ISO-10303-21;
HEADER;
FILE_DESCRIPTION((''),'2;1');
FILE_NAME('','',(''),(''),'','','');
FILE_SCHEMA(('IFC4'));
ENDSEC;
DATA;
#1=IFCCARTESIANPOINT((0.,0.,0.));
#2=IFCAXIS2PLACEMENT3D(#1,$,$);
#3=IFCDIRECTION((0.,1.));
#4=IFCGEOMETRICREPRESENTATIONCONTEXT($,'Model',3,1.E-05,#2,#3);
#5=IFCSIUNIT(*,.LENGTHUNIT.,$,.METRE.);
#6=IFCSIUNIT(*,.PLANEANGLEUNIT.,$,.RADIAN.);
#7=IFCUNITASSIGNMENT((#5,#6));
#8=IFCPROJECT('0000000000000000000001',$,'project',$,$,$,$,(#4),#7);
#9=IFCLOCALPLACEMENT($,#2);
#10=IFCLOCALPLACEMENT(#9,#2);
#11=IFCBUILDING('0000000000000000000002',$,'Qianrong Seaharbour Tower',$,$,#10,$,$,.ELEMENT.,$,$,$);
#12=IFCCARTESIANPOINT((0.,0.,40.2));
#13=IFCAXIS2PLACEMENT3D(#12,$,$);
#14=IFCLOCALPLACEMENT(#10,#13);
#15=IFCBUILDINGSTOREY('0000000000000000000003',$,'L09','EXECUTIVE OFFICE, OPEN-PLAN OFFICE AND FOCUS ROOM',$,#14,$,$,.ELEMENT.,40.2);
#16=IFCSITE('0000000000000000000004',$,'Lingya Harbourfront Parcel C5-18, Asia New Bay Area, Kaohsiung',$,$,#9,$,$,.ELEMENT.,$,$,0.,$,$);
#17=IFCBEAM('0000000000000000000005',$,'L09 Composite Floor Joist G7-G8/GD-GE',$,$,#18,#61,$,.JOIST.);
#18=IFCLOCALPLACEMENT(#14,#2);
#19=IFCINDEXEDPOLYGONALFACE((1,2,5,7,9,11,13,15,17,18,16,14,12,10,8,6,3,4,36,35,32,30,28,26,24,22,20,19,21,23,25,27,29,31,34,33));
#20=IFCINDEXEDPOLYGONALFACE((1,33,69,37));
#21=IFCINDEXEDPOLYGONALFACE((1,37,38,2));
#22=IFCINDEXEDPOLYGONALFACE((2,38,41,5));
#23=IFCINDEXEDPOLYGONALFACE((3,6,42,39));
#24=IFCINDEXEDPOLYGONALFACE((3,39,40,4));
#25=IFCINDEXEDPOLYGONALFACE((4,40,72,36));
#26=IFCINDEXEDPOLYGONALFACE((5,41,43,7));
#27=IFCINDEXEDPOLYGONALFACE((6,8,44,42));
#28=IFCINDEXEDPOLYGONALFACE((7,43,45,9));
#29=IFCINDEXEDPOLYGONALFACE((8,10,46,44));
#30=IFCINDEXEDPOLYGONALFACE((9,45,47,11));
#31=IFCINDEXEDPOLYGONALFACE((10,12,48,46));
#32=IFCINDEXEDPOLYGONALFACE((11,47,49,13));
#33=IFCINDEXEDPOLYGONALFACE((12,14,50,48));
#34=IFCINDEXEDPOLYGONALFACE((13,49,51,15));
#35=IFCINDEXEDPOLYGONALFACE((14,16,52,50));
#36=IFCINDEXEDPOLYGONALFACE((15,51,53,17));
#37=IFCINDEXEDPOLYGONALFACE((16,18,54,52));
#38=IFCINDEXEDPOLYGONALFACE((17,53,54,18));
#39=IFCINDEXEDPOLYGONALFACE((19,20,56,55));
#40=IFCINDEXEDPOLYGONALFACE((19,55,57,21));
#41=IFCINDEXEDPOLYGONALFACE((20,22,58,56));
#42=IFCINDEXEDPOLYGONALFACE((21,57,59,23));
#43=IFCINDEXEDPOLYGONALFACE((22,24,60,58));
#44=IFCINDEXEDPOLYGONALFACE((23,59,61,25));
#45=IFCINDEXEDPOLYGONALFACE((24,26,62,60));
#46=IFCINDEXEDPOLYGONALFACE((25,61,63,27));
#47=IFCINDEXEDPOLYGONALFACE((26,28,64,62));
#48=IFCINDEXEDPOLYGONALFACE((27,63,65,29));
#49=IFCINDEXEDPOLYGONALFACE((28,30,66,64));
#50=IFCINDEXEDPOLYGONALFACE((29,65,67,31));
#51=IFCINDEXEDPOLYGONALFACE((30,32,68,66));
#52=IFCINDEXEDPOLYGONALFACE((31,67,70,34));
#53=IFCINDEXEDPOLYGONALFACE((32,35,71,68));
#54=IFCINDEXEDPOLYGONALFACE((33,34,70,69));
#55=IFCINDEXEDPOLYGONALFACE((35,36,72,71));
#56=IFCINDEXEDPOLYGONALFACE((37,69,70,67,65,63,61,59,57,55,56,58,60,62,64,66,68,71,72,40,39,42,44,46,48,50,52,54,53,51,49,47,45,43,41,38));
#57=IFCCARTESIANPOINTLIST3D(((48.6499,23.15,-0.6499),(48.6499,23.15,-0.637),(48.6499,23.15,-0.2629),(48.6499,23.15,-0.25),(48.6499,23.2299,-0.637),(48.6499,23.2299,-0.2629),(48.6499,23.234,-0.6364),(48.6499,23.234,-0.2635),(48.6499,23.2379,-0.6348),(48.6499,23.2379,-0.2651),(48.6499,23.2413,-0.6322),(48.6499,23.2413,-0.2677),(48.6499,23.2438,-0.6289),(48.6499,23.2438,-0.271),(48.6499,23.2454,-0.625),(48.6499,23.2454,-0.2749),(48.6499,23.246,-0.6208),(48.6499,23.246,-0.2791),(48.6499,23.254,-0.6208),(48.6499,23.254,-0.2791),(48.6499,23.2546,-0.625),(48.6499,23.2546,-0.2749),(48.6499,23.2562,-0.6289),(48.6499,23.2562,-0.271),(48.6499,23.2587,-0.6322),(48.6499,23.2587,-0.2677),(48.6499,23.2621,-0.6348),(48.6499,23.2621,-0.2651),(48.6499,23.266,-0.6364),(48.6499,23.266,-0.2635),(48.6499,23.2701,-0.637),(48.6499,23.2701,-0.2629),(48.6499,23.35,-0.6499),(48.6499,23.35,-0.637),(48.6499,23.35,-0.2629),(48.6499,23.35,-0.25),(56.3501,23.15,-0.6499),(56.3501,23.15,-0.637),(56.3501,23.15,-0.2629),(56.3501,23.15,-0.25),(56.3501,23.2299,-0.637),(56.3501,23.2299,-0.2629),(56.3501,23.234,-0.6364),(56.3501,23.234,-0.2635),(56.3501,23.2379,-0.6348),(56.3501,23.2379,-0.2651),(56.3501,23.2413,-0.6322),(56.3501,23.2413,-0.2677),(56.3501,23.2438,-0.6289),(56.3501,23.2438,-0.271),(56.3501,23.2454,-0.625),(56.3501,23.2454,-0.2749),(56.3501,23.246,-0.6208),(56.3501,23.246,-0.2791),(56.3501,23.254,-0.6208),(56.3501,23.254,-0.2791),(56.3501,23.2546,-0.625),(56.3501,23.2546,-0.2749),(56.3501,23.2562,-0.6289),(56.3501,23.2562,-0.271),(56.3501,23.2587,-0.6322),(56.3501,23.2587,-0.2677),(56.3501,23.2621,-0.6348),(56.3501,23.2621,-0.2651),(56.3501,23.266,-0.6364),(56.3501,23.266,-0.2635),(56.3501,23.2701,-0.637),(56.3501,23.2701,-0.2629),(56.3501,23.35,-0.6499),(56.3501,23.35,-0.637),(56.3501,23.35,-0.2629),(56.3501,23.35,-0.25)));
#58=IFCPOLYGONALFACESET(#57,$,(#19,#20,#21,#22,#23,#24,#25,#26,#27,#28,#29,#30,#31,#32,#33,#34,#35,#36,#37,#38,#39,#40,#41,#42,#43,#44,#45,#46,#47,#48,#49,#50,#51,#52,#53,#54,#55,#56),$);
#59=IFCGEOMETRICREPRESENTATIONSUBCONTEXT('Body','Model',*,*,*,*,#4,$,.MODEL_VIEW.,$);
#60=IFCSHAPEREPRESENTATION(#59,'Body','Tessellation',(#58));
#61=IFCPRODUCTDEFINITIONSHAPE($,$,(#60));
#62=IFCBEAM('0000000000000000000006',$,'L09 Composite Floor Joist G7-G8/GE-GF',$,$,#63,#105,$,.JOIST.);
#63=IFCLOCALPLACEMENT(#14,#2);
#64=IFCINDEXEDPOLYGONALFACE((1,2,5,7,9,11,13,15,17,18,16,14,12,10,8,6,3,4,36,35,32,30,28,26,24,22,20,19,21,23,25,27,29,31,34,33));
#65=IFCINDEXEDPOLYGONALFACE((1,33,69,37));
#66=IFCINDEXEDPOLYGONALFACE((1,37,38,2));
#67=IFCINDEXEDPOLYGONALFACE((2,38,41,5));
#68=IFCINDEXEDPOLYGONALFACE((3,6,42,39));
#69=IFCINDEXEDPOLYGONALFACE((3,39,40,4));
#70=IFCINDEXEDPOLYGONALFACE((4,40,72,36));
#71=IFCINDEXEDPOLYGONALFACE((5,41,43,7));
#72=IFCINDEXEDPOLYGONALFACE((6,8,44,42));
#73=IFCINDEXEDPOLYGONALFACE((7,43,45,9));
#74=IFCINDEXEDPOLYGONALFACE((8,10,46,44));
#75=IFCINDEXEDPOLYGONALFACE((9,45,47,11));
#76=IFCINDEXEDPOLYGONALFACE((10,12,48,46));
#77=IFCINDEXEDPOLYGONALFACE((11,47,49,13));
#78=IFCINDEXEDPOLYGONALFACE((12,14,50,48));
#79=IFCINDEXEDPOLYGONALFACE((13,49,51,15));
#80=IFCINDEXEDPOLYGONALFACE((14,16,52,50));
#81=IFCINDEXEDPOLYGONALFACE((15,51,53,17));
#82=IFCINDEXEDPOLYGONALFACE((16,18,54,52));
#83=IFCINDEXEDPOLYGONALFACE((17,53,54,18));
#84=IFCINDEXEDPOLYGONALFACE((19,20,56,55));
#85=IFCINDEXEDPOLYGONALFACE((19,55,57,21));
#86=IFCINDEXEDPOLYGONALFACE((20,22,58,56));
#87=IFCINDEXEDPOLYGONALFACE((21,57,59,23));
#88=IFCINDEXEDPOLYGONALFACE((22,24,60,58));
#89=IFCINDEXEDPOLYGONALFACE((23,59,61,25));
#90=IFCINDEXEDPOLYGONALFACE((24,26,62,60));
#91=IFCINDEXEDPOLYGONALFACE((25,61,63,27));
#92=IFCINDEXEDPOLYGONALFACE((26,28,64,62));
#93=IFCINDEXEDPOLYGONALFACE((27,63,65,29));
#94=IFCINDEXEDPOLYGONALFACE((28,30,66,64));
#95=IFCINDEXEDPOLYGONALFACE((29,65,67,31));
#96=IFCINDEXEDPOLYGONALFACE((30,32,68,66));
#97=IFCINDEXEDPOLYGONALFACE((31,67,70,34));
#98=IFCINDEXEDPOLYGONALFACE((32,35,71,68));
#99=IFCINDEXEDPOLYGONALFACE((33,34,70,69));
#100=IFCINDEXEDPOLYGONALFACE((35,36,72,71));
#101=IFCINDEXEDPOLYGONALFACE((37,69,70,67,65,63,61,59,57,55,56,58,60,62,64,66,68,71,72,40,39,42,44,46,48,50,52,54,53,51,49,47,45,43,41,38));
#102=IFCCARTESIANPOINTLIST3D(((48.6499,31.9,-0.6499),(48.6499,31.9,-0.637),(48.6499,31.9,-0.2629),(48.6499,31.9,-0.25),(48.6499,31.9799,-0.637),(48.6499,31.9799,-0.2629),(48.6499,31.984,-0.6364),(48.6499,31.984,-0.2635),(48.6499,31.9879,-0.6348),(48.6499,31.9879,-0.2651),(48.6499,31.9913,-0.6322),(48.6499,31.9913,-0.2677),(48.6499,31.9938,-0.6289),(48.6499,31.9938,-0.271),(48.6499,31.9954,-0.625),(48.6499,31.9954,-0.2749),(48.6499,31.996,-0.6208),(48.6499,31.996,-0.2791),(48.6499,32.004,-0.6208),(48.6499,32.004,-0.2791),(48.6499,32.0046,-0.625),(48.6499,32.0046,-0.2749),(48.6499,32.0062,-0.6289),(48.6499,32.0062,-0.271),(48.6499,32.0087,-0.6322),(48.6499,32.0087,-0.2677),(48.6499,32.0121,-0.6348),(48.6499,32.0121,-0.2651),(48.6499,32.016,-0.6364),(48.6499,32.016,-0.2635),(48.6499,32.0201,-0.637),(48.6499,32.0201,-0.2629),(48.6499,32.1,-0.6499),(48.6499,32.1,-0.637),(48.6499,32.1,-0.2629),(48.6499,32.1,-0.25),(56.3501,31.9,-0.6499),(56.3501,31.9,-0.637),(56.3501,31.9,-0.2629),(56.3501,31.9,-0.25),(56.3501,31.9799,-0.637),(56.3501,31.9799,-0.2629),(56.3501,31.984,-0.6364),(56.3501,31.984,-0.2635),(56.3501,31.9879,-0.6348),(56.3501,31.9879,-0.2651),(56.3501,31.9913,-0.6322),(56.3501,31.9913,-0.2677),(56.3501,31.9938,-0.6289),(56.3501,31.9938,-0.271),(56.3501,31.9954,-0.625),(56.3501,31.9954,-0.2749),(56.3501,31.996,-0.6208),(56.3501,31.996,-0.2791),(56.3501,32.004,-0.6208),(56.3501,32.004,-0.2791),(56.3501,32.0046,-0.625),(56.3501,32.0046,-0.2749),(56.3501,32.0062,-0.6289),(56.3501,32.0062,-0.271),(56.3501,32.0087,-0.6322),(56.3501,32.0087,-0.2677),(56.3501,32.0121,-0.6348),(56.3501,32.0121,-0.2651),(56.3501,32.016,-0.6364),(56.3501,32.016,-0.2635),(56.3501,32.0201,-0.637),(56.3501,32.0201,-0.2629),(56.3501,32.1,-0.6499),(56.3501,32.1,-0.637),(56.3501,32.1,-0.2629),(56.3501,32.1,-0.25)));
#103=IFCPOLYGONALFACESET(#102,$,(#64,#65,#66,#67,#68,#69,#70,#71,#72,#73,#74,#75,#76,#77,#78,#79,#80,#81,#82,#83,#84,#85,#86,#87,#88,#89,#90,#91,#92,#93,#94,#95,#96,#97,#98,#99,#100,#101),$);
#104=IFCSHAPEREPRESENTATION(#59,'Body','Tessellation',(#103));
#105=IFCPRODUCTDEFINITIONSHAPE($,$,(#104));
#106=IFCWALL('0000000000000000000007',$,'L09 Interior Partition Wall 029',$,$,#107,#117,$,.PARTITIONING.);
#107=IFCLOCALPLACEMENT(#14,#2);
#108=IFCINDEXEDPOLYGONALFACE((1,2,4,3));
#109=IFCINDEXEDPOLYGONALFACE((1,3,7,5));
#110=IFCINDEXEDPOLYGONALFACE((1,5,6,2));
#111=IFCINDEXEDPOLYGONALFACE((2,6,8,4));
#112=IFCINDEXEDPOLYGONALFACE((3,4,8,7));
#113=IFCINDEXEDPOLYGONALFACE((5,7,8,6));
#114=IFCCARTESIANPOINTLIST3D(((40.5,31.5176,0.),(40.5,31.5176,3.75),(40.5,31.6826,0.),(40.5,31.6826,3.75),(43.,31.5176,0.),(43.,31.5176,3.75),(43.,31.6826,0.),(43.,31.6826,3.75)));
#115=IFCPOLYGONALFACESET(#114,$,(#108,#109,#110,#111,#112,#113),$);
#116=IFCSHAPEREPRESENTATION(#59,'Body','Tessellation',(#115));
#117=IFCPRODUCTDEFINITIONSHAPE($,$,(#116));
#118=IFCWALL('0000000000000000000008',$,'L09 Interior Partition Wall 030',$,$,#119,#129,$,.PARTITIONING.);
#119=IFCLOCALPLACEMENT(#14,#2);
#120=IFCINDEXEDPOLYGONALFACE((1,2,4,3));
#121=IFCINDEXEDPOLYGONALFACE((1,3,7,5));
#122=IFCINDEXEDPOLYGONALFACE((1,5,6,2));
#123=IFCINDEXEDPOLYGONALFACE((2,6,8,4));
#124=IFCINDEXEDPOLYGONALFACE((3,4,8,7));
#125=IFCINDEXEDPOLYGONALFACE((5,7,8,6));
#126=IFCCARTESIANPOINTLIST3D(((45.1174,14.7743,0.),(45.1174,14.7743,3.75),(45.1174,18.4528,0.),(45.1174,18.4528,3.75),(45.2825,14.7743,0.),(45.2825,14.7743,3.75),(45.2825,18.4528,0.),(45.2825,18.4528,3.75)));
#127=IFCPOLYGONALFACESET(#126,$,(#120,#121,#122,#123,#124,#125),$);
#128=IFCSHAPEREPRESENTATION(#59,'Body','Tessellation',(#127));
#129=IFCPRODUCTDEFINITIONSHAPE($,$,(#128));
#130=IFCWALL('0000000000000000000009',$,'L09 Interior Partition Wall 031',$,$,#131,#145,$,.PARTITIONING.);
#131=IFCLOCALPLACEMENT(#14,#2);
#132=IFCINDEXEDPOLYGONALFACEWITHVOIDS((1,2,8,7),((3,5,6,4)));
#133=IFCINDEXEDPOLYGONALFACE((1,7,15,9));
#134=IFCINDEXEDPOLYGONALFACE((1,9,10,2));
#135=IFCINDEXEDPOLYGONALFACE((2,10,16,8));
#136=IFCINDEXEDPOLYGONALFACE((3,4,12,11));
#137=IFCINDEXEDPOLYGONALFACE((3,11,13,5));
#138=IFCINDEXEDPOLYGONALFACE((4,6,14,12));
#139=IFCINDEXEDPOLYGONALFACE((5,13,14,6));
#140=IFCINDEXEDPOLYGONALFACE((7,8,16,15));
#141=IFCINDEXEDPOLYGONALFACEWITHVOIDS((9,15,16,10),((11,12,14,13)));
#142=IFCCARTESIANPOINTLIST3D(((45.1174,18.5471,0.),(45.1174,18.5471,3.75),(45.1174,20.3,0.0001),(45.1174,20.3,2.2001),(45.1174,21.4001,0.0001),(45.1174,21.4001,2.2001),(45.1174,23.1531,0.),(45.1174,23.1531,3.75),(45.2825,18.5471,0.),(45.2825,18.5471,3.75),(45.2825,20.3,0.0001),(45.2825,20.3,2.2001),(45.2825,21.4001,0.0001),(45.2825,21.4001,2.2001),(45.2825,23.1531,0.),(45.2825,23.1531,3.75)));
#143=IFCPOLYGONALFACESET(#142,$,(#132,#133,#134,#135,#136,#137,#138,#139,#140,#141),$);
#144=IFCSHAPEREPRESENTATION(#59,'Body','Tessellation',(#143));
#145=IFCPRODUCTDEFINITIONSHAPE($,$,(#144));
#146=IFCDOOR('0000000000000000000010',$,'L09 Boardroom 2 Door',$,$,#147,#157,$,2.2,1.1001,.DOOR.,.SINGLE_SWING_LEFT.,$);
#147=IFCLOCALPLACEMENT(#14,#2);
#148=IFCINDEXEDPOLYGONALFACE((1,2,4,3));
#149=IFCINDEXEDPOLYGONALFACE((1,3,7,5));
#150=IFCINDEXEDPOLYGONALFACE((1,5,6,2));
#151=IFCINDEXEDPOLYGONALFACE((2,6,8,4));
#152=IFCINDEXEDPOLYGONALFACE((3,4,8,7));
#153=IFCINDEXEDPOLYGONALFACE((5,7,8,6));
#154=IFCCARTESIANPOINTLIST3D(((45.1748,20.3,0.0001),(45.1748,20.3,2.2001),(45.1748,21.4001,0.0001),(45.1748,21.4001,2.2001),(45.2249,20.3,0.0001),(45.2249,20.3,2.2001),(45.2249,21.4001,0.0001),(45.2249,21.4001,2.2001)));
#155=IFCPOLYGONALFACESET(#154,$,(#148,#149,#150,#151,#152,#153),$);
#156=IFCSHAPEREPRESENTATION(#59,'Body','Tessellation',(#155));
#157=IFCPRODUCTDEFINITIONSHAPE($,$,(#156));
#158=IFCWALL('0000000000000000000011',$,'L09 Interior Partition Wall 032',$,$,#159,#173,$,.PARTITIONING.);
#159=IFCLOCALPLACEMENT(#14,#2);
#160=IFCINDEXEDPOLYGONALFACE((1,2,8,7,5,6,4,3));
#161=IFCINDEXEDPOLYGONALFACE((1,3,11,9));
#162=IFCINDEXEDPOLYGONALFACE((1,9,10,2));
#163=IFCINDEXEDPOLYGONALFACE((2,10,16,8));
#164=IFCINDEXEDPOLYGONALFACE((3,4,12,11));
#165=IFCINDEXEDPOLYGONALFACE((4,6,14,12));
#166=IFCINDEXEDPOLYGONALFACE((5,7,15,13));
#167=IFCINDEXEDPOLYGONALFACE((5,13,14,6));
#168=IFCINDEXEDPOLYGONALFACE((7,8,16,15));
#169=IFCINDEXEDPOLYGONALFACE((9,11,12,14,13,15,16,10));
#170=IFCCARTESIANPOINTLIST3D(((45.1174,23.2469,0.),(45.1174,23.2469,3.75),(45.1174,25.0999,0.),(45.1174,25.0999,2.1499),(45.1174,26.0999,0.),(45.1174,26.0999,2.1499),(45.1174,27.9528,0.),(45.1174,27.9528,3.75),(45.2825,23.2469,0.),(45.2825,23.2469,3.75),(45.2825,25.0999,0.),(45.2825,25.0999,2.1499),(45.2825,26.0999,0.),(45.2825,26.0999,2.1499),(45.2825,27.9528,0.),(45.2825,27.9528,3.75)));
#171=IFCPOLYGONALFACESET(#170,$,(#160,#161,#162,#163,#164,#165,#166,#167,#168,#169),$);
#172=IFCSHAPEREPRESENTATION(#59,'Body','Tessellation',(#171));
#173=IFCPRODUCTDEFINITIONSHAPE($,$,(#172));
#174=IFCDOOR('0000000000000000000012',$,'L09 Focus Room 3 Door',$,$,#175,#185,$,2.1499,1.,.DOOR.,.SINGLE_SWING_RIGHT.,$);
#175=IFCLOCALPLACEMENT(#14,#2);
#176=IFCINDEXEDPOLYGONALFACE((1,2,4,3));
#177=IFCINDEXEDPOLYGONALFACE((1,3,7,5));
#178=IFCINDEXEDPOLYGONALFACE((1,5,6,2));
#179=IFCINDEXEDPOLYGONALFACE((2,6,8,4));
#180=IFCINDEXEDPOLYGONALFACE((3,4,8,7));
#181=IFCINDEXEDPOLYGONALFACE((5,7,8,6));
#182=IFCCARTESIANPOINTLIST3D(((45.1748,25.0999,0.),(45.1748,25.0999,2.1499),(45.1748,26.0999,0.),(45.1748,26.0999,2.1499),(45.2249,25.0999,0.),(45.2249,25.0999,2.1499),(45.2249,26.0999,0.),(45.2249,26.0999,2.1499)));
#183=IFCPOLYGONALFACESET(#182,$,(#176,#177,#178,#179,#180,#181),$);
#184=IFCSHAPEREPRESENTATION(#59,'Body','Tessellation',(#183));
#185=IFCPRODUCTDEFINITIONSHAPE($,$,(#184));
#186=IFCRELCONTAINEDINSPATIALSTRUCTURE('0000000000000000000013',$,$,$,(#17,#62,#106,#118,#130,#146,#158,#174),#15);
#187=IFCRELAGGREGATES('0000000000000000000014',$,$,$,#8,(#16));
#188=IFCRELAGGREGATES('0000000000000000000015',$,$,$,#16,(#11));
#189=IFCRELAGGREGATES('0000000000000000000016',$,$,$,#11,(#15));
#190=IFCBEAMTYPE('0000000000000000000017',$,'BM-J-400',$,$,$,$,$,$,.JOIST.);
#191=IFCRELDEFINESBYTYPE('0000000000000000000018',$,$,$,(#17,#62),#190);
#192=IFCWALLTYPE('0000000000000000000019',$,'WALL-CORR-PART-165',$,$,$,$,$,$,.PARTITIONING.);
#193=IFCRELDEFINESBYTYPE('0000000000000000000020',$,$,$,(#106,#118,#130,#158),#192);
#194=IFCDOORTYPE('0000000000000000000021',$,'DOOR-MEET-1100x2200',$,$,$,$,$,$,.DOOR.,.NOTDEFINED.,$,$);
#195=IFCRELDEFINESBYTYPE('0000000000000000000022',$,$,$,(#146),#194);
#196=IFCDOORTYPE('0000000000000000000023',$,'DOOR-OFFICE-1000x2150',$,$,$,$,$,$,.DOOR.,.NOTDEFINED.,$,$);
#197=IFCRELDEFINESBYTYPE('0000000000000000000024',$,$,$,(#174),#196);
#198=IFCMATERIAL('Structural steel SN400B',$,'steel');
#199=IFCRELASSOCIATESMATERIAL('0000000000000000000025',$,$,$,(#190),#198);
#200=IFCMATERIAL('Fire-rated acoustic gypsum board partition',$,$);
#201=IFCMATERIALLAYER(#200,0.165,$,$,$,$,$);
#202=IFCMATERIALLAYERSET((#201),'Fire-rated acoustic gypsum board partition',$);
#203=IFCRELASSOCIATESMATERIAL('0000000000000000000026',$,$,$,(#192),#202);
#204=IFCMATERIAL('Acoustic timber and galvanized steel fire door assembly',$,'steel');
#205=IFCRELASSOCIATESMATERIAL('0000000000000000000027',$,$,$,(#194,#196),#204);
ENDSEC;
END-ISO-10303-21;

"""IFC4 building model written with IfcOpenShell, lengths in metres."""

from ifc_helpers import new_model, si_unit, direction, frame, frame_2d, origin, origin_2d, place, context, subcontext, project, spatial, rectangle, i_section, extrude, material, layer, layer_set, material_profile, profile_set, type_object, element, fill, save


model = new_model("IFC4")

# Units and contexts
model_context = context("Model", 3, precision=1e-05, world=origin(), true_north=direction((0.0, 1.0)))
body_context = subcontext(model_context, "Body", "Model", "MODEL_VIEW")
ifc_project = project(units=[si_unit("LENGTHUNIT", "METRE"), si_unit("PLANEANGLEUNIT", "RADIAN")], contexts=[model_context])

# Site, building, storey
site_placement = place(None, origin())
site = spatial("IfcSite", under=ifc_project, at=site_placement, Name="Lingya Harbourfront Parcel C5-18, Asia New Bay Area, Kaohsiung", CompositionType="ELEMENT", RefElevation=0.0)
building_placement = place(site_placement, origin())
building = spatial("IfcBuilding", under=site, at=building_placement, Name="Qianrong Seaharbour Tower", CompositionType="ELEMENT")
storey_placement = place(building_placement, frame((0.0, 0.0, 40.2)))
storey = spatial("IfcBuildingStorey", under=building, at=storey_placement, Name="L09", Description="EXECUTIVE OFFICE, OPEN-PLAN OFFICE AND FOCUS ROOM", CompositionType="ELEMENT", Elevation=40.2)

# Beams
ifc_material_1 = material(Name="Structural steel SN400B", Category="steel")
ifc_material_profile_1 = material_profile(ifc_material_1, i_section(OverallWidth=0.2, OverallDepth=0.3999, WebThickness=0.0081, FlangeThickness=0.0129, FilletRadius=0.0161, at=origin_2d()), Name="H400x200x8x13")
ifc_profile_set_1 = profile_set([ifc_material_profile_1], Name="Structural steel SN400B")
beam_type_1 = type_object("IfcBeamType", Name="BM-J-400", PredefinedType="JOIST", material=ifc_profile_set_1)
for number, where, z_axis, x_axis, name in (
    (1, (48.6499, 23.25, -0.45), (1.0, 0.0, 0.0), (0.0, 1.0, 0.0), "L09 Composite Floor Joist G7-G8/GD-GE"),
    (2, (48.6499, 32.0, -0.45), (1.0, 0.0, 0.0), (0.0, 1.0, 0.0), "L09 Composite Floor Joist G7-G8/GE-GF"),
):
    element("IfcBeam", number, at=place(storey_placement, frame(where, z_axis=z_axis, x_axis=x_axis)), inside=storey, type_object=beam_type_1, Name=name, PredefinedType="JOIST", context=body_context, shape_type="SweptSolid", body=[
        extrude(i_section(OverallWidth=0.2, OverallDepth=0.3999, WebThickness=0.0081, FlangeThickness=0.0129, FilletRadius=0.0161, at=origin_2d()), origin(), (0.0, 0.0, 1.0), 7.7002),
    ])

# Walls
ifc_material_2 = material(Name="Fire-rated acoustic gypsum board partition")
ifc_layer_1 = layer(ifc_material_2, 0.165)
ifc_layer_set_1 = layer_set([ifc_layer_1], Name="Fire-rated acoustic gypsum board partition")
wall_type_1 = type_object("IfcWallType", Name="WALL-CORR-PART-165", PredefinedType="PARTITIONING", material=ifc_layer_set_1)
wall_1_placement = place(storey_placement, frame((43.0, 31.6001, 0.0), z_axis=(0.0, 0.0, 1.0), x_axis=(-1.0, 0.0, 0.0)))
element("IfcWall", 3, at=wall_1_placement, inside=storey, type_object=wall_type_1, Name="L09 Interior Partition Wall 029", PredefinedType="PARTITIONING", context=body_context, shape_type="SweptSolid", body=[
    extrude(rectangle(XDim=2.5, YDim=0.165, at=frame_2d((1.25, 0.0))), origin(), (0.0, 0.0, 1.0), 3.75),
])
wall_2_placement = place(storey_placement, frame((45.2, 18.4529, 0.0), z_axis=(0.0, 0.0, 1.0), x_axis=(0.0, -1.0, 0.0)))
element("IfcWall", 4, at=wall_2_placement, inside=storey, type_object=wall_type_1, Name="L09 Interior Partition Wall 030", PredefinedType="PARTITIONING", context=body_context, shape_type="SweptSolid", body=[
    extrude(rectangle(XDim=3.6785, YDim=0.165, at=frame_2d((1.8394, 0.0))), origin(), (0.0, 0.0, 1.0), 3.75),
])

# Walls, openings, doors
wall_3_placement = place(storey_placement, frame((45.2, 23.1531, 0.0), z_axis=(0.0, 0.0, 1.0), x_axis=(0.0, -1.0, 0.0)))
wall_3 = element("IfcWall", 5, at=wall_3_placement, inside=storey, type_object=wall_type_1, Name="L09 Interior Partition Wall 031", PredefinedType="PARTITIONING", context=body_context, shape_type="SweptSolid", body=[
    extrude(rectangle(XDim=4.606, YDim=0.165, at=frame_2d((2.303, 0.0))), origin(), (0.0, 0.0, 1.0), 3.75),
])
opening_1_placement = place(wall_3_placement, frame((1.7529, 0.0, 0.0)))
opening_1 = element("IfcOpeningElement", 6, at=opening_1_placement, cuts=wall_3, PredefinedType="OPENING", context=body_context, shape_type="SweptSolid", body=[
    extrude(rectangle(XDim=1.1001, YDim=2.2, at=frame_2d((0.55, 1.1001))), frame((0.0, 0.0925, 0.0), z_axis=(0.0, -1.0, 0.0), x_axis=(1.0, 0.0, 0.0)), (0.0, 0.0, 1.0), 0.1851),
])
ifc_material_3 = material(Name="Acoustic timber and galvanized steel fire door assembly", Category="steel")
door_type_1 = type_object("IfcDoorType", Name="DOOR-MEET-1100x2200", OperationType="NOTDEFINED", PredefinedType="DOOR", material=ifc_material_3)
door_1_placement = place(opening_1_placement, origin())
door_1 = element("IfcDoor", 7, at=door_1_placement, inside=storey, type_object=door_type_1, Name="L09 Boardroom 2 Door", OperationType="SINGLE_SWING_LEFT", OverallHeight=2.2, OverallWidth=1.1001, PredefinedType="DOOR", context=body_context, shape_type="SweptSolid", body=[
    extrude(rectangle(XDim=1.1001, YDim=2.2, at=frame_2d((0.55, 1.1001))), frame((0.0, 0.0249, 0.0), z_axis=(0.0, -1.0, 0.0), x_axis=(1.0, 0.0, 0.0)), (0.0, 0.0, 1.0), 0.05),
])
fill(opening_1, door_1)
wall_4_placement = place(storey_placement, frame((45.2, 27.9529, 0.0), z_axis=(0.0, 0.0, 1.0), x_axis=(0.0, -1.0, 0.0)))
wall_4 = element("IfcWall", 8, at=wall_4_placement, inside=storey, type_object=wall_type_1, Name="L09 Interior Partition Wall 032", PredefinedType="PARTITIONING", context=body_context, shape_type="SweptSolid", body=[
    extrude(rectangle(XDim=4.7058, YDim=0.165, at=frame_2d((2.353, 0.0))), origin(), (0.0, 0.0, 1.0), 3.75),
])
opening_2_placement = place(wall_4_placement, frame((1.853, 0.0, 0.0)))
opening_2 = element("IfcOpeningElement", 9, at=opening_2_placement, cuts=wall_4, PredefinedType="OPENING", context=body_context, shape_type="SweptSolid", body=[
    extrude(rectangle(XDim=1.0, YDim=2.1499, at=frame_2d((0.5, 1.075))), frame((0.0, 0.0925, 0.0), z_axis=(0.0, -1.0, 0.0), x_axis=(1.0, 0.0, 0.0)), (0.0, 0.0, 1.0), 0.1851),
])
door_type_2 = type_object("IfcDoorType", Name="DOOR-OFFICE-1000x2150", OperationType="NOTDEFINED", PredefinedType="DOOR", material=ifc_material_3)
door_2_placement = place(opening_2_placement, origin())
door_2 = element("IfcDoor", 10, at=door_2_placement, inside=storey, type_object=door_type_2, Name="L09 Focus Room 3 Door", OperationType="SINGLE_SWING_RIGHT", OverallHeight=2.1499, OverallWidth=1.0, PredefinedType="DOOR", context=body_context, shape_type="SweptSolid", body=[
    extrude(rectangle(XDim=1.0, YDim=2.1499, at=frame_2d((0.5, 1.075))), frame((0.0, 0.0249, 0.0), z_axis=(0.0, -1.0, 0.0), x_axis=(1.0, 0.0, 0.0)), (0.0, 0.0, 1.0), 0.05),
])
fill(opening_2, door_2)

save(model, "model.ifc")
